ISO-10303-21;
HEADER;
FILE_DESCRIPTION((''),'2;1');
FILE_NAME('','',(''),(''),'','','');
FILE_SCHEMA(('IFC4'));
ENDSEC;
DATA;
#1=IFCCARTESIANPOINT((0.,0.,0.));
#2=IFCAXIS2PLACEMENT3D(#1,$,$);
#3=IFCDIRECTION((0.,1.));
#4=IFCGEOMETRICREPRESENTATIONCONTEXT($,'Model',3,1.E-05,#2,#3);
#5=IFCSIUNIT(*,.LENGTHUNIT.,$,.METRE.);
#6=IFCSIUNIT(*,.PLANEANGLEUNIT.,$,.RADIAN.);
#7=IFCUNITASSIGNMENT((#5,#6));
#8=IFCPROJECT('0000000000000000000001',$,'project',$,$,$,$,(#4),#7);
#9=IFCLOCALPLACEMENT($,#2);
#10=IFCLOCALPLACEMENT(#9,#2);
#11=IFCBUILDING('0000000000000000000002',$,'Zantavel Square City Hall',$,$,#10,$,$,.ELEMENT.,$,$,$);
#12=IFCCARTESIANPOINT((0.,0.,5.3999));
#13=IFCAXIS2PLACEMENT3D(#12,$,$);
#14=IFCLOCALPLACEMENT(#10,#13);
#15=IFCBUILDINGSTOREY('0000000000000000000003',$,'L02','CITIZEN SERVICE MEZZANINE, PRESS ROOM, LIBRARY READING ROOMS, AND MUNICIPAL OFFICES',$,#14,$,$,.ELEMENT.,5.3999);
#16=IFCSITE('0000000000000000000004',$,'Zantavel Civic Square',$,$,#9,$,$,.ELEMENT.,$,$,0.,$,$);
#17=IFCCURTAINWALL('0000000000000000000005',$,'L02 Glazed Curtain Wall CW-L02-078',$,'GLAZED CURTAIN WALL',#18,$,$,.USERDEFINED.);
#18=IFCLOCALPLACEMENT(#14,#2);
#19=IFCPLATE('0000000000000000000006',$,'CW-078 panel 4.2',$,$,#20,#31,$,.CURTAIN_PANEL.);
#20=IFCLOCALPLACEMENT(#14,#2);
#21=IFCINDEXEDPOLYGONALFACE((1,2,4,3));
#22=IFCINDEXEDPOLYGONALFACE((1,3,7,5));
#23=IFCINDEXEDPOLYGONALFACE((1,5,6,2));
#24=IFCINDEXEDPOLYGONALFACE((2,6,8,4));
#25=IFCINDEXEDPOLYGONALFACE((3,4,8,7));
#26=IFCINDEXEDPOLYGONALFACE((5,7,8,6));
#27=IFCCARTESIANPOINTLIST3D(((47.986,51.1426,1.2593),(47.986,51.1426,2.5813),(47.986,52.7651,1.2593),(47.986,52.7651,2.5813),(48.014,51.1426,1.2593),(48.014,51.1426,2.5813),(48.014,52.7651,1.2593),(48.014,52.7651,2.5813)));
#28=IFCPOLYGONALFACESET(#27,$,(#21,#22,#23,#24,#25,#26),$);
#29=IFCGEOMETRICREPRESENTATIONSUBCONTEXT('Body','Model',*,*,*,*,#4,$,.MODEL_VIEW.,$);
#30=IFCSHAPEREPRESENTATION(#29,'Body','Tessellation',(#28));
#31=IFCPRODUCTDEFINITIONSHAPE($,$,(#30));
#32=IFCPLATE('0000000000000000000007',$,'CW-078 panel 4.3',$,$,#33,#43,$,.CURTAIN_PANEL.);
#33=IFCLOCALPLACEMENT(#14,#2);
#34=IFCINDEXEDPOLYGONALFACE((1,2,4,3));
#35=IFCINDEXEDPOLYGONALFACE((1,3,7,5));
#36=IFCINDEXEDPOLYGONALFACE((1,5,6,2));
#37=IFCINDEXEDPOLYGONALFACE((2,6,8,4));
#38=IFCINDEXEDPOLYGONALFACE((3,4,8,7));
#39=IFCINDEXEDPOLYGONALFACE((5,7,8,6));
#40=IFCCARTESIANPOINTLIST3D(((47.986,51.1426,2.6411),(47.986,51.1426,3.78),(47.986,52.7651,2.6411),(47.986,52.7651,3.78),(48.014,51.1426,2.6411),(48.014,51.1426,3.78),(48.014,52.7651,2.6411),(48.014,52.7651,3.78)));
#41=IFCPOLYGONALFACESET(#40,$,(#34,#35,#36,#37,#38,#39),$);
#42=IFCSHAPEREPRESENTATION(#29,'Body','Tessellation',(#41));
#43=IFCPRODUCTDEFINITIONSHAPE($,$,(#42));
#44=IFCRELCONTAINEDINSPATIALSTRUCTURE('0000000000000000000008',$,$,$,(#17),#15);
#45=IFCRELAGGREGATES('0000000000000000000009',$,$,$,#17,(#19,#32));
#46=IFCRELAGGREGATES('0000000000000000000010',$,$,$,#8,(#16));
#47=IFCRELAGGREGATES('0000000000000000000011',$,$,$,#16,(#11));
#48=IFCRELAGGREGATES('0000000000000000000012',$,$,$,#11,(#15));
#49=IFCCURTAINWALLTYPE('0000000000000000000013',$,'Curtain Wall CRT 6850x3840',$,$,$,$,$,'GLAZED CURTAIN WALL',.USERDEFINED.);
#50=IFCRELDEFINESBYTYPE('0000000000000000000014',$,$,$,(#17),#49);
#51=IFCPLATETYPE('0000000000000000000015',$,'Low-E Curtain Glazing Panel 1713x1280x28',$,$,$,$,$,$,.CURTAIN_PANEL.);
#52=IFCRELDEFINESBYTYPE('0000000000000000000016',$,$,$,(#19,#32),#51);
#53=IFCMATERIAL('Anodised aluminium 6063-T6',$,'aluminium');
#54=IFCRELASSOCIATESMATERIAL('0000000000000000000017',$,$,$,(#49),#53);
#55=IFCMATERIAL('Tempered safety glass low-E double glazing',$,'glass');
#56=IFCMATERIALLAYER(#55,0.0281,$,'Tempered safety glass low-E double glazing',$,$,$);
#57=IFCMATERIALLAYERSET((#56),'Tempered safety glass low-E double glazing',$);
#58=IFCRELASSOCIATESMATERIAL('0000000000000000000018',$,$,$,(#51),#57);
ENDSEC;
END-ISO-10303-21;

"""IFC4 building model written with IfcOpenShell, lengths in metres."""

from ifc_helpers import new_model, si_unit, direction, frame, origin, origin_2d, place, context, subcontext, project, spatial, rectangle, extrude, material, layer, layer_set, type_object, element, aggregate, save


model = new_model("IFC4")

# Units and contexts
model_context = context("Model", 3, precision=1e-05, world=origin(), true_north=direction((0.0, 1.0)))
body_context = subcontext(model_context, "Body", "Model", "MODEL_VIEW")
ifc_project = project(units=[si_unit("LENGTHUNIT", "METRE"), si_unit("PLANEANGLEUNIT", "RADIAN")], contexts=[model_context])

# Site, building, storey
site_placement = place(None, origin())
site = spatial("IfcSite", under=ifc_project, at=site_placement, Name="Zantavel Civic Square", CompositionType="ELEMENT", RefElevation=0.0)
building_placement = place(site_placement, origin())
building = spatial("IfcBuilding", under=site, at=building_placement, Name="Zantavel Square City Hall", CompositionType="ELEMENT")
storey_placement = place(building_placement, frame((0.0, 0.0, 5.3999)))
storey = spatial("IfcBuildingStorey", under=building, at=storey_placement, Name="L02", Description="CITIZEN SERVICE MEZZANINE, PRESS ROOM, LIBRARY READING ROOMS, AND MUNICIPAL OFFICES", CompositionType="ELEMENT", Elevation=5.3999)

# Curtain wall
ifc_material_1 = material(Name="Anodised aluminium 6063-T6", Category="aluminium")
curtain_wall_type = type_object("IfcCurtainWallType", Name="Curtain Wall CRT 6850x3840", ElementType="GLAZED CURTAIN WALL", PredefinedType="USERDEFINED", material=ifc_material_1)
curtain_wall_placement = place(storey_placement, origin())
curtain_wall = element("IfcCurtainWall", 1, at=curtain_wall_placement, inside=storey, type_object=curtain_wall_type, Name="L02 Glazed Curtain Wall CW-L02-078", ObjectType="GLAZED CURTAIN WALL", PredefinedType="USERDEFINED")

# Plates
ifc_material_2 = material(Name="Tempered safety glass low-E double glazing", Category="glass")
ifc_layer = layer(ifc_material_2, 0.0281, Name="Tempered safety glass low-E double glazing")
ifc_layer_set = layer_set([ifc_layer], Name="Tempered safety glass low-E double glazing")
plate_type = type_object("IfcPlateType", Name="Low-E Curtain Glazing Panel 1713x1280x28", PredefinedType="CURTAIN_PANEL", material=ifc_layer_set)
plate_1_placement = place(storey_placement, frame((48.0, 51.9539, 1.2593), z_axis=(0.0, 0.0, 1.0), x_axis=(0.0, 1.0, 0.0)))
plate_1 = element("IfcPlate", 2, at=plate_1_placement, type_object=plate_type, Name="CW-078 panel 4.2", PredefinedType="CURTAIN_PANEL", context=body_context, shape_type="SweptSolid", body=[
    extrude(rectangle(XDim=1.6226, YDim=0.0281, at=origin_2d()), origin(), (0.0, 0.0, 1.0), 1.322),
])
plate_2_placement = place(storey_placement, frame((48.0, 51.9539, 2.6411), z_axis=(0.0, 0.0, 1.0), x_axis=(0.0, 1.0, 0.0)))
plate_2 = element("IfcPlate", 3, at=plate_2_placement, type_object=plate_type, Name="CW-078 panel 4.3", PredefinedType="CURTAIN_PANEL", context=body_context, shape_type="SweptSolid", body=[
    extrude(rectangle(XDim=1.6226, YDim=0.0281, at=origin_2d()), origin(), (0.0, 0.0, 1.0), 1.1389),
])
aggregate(curtain_wall, [plate_1, plate_2])

save(model, "model.ifc")
